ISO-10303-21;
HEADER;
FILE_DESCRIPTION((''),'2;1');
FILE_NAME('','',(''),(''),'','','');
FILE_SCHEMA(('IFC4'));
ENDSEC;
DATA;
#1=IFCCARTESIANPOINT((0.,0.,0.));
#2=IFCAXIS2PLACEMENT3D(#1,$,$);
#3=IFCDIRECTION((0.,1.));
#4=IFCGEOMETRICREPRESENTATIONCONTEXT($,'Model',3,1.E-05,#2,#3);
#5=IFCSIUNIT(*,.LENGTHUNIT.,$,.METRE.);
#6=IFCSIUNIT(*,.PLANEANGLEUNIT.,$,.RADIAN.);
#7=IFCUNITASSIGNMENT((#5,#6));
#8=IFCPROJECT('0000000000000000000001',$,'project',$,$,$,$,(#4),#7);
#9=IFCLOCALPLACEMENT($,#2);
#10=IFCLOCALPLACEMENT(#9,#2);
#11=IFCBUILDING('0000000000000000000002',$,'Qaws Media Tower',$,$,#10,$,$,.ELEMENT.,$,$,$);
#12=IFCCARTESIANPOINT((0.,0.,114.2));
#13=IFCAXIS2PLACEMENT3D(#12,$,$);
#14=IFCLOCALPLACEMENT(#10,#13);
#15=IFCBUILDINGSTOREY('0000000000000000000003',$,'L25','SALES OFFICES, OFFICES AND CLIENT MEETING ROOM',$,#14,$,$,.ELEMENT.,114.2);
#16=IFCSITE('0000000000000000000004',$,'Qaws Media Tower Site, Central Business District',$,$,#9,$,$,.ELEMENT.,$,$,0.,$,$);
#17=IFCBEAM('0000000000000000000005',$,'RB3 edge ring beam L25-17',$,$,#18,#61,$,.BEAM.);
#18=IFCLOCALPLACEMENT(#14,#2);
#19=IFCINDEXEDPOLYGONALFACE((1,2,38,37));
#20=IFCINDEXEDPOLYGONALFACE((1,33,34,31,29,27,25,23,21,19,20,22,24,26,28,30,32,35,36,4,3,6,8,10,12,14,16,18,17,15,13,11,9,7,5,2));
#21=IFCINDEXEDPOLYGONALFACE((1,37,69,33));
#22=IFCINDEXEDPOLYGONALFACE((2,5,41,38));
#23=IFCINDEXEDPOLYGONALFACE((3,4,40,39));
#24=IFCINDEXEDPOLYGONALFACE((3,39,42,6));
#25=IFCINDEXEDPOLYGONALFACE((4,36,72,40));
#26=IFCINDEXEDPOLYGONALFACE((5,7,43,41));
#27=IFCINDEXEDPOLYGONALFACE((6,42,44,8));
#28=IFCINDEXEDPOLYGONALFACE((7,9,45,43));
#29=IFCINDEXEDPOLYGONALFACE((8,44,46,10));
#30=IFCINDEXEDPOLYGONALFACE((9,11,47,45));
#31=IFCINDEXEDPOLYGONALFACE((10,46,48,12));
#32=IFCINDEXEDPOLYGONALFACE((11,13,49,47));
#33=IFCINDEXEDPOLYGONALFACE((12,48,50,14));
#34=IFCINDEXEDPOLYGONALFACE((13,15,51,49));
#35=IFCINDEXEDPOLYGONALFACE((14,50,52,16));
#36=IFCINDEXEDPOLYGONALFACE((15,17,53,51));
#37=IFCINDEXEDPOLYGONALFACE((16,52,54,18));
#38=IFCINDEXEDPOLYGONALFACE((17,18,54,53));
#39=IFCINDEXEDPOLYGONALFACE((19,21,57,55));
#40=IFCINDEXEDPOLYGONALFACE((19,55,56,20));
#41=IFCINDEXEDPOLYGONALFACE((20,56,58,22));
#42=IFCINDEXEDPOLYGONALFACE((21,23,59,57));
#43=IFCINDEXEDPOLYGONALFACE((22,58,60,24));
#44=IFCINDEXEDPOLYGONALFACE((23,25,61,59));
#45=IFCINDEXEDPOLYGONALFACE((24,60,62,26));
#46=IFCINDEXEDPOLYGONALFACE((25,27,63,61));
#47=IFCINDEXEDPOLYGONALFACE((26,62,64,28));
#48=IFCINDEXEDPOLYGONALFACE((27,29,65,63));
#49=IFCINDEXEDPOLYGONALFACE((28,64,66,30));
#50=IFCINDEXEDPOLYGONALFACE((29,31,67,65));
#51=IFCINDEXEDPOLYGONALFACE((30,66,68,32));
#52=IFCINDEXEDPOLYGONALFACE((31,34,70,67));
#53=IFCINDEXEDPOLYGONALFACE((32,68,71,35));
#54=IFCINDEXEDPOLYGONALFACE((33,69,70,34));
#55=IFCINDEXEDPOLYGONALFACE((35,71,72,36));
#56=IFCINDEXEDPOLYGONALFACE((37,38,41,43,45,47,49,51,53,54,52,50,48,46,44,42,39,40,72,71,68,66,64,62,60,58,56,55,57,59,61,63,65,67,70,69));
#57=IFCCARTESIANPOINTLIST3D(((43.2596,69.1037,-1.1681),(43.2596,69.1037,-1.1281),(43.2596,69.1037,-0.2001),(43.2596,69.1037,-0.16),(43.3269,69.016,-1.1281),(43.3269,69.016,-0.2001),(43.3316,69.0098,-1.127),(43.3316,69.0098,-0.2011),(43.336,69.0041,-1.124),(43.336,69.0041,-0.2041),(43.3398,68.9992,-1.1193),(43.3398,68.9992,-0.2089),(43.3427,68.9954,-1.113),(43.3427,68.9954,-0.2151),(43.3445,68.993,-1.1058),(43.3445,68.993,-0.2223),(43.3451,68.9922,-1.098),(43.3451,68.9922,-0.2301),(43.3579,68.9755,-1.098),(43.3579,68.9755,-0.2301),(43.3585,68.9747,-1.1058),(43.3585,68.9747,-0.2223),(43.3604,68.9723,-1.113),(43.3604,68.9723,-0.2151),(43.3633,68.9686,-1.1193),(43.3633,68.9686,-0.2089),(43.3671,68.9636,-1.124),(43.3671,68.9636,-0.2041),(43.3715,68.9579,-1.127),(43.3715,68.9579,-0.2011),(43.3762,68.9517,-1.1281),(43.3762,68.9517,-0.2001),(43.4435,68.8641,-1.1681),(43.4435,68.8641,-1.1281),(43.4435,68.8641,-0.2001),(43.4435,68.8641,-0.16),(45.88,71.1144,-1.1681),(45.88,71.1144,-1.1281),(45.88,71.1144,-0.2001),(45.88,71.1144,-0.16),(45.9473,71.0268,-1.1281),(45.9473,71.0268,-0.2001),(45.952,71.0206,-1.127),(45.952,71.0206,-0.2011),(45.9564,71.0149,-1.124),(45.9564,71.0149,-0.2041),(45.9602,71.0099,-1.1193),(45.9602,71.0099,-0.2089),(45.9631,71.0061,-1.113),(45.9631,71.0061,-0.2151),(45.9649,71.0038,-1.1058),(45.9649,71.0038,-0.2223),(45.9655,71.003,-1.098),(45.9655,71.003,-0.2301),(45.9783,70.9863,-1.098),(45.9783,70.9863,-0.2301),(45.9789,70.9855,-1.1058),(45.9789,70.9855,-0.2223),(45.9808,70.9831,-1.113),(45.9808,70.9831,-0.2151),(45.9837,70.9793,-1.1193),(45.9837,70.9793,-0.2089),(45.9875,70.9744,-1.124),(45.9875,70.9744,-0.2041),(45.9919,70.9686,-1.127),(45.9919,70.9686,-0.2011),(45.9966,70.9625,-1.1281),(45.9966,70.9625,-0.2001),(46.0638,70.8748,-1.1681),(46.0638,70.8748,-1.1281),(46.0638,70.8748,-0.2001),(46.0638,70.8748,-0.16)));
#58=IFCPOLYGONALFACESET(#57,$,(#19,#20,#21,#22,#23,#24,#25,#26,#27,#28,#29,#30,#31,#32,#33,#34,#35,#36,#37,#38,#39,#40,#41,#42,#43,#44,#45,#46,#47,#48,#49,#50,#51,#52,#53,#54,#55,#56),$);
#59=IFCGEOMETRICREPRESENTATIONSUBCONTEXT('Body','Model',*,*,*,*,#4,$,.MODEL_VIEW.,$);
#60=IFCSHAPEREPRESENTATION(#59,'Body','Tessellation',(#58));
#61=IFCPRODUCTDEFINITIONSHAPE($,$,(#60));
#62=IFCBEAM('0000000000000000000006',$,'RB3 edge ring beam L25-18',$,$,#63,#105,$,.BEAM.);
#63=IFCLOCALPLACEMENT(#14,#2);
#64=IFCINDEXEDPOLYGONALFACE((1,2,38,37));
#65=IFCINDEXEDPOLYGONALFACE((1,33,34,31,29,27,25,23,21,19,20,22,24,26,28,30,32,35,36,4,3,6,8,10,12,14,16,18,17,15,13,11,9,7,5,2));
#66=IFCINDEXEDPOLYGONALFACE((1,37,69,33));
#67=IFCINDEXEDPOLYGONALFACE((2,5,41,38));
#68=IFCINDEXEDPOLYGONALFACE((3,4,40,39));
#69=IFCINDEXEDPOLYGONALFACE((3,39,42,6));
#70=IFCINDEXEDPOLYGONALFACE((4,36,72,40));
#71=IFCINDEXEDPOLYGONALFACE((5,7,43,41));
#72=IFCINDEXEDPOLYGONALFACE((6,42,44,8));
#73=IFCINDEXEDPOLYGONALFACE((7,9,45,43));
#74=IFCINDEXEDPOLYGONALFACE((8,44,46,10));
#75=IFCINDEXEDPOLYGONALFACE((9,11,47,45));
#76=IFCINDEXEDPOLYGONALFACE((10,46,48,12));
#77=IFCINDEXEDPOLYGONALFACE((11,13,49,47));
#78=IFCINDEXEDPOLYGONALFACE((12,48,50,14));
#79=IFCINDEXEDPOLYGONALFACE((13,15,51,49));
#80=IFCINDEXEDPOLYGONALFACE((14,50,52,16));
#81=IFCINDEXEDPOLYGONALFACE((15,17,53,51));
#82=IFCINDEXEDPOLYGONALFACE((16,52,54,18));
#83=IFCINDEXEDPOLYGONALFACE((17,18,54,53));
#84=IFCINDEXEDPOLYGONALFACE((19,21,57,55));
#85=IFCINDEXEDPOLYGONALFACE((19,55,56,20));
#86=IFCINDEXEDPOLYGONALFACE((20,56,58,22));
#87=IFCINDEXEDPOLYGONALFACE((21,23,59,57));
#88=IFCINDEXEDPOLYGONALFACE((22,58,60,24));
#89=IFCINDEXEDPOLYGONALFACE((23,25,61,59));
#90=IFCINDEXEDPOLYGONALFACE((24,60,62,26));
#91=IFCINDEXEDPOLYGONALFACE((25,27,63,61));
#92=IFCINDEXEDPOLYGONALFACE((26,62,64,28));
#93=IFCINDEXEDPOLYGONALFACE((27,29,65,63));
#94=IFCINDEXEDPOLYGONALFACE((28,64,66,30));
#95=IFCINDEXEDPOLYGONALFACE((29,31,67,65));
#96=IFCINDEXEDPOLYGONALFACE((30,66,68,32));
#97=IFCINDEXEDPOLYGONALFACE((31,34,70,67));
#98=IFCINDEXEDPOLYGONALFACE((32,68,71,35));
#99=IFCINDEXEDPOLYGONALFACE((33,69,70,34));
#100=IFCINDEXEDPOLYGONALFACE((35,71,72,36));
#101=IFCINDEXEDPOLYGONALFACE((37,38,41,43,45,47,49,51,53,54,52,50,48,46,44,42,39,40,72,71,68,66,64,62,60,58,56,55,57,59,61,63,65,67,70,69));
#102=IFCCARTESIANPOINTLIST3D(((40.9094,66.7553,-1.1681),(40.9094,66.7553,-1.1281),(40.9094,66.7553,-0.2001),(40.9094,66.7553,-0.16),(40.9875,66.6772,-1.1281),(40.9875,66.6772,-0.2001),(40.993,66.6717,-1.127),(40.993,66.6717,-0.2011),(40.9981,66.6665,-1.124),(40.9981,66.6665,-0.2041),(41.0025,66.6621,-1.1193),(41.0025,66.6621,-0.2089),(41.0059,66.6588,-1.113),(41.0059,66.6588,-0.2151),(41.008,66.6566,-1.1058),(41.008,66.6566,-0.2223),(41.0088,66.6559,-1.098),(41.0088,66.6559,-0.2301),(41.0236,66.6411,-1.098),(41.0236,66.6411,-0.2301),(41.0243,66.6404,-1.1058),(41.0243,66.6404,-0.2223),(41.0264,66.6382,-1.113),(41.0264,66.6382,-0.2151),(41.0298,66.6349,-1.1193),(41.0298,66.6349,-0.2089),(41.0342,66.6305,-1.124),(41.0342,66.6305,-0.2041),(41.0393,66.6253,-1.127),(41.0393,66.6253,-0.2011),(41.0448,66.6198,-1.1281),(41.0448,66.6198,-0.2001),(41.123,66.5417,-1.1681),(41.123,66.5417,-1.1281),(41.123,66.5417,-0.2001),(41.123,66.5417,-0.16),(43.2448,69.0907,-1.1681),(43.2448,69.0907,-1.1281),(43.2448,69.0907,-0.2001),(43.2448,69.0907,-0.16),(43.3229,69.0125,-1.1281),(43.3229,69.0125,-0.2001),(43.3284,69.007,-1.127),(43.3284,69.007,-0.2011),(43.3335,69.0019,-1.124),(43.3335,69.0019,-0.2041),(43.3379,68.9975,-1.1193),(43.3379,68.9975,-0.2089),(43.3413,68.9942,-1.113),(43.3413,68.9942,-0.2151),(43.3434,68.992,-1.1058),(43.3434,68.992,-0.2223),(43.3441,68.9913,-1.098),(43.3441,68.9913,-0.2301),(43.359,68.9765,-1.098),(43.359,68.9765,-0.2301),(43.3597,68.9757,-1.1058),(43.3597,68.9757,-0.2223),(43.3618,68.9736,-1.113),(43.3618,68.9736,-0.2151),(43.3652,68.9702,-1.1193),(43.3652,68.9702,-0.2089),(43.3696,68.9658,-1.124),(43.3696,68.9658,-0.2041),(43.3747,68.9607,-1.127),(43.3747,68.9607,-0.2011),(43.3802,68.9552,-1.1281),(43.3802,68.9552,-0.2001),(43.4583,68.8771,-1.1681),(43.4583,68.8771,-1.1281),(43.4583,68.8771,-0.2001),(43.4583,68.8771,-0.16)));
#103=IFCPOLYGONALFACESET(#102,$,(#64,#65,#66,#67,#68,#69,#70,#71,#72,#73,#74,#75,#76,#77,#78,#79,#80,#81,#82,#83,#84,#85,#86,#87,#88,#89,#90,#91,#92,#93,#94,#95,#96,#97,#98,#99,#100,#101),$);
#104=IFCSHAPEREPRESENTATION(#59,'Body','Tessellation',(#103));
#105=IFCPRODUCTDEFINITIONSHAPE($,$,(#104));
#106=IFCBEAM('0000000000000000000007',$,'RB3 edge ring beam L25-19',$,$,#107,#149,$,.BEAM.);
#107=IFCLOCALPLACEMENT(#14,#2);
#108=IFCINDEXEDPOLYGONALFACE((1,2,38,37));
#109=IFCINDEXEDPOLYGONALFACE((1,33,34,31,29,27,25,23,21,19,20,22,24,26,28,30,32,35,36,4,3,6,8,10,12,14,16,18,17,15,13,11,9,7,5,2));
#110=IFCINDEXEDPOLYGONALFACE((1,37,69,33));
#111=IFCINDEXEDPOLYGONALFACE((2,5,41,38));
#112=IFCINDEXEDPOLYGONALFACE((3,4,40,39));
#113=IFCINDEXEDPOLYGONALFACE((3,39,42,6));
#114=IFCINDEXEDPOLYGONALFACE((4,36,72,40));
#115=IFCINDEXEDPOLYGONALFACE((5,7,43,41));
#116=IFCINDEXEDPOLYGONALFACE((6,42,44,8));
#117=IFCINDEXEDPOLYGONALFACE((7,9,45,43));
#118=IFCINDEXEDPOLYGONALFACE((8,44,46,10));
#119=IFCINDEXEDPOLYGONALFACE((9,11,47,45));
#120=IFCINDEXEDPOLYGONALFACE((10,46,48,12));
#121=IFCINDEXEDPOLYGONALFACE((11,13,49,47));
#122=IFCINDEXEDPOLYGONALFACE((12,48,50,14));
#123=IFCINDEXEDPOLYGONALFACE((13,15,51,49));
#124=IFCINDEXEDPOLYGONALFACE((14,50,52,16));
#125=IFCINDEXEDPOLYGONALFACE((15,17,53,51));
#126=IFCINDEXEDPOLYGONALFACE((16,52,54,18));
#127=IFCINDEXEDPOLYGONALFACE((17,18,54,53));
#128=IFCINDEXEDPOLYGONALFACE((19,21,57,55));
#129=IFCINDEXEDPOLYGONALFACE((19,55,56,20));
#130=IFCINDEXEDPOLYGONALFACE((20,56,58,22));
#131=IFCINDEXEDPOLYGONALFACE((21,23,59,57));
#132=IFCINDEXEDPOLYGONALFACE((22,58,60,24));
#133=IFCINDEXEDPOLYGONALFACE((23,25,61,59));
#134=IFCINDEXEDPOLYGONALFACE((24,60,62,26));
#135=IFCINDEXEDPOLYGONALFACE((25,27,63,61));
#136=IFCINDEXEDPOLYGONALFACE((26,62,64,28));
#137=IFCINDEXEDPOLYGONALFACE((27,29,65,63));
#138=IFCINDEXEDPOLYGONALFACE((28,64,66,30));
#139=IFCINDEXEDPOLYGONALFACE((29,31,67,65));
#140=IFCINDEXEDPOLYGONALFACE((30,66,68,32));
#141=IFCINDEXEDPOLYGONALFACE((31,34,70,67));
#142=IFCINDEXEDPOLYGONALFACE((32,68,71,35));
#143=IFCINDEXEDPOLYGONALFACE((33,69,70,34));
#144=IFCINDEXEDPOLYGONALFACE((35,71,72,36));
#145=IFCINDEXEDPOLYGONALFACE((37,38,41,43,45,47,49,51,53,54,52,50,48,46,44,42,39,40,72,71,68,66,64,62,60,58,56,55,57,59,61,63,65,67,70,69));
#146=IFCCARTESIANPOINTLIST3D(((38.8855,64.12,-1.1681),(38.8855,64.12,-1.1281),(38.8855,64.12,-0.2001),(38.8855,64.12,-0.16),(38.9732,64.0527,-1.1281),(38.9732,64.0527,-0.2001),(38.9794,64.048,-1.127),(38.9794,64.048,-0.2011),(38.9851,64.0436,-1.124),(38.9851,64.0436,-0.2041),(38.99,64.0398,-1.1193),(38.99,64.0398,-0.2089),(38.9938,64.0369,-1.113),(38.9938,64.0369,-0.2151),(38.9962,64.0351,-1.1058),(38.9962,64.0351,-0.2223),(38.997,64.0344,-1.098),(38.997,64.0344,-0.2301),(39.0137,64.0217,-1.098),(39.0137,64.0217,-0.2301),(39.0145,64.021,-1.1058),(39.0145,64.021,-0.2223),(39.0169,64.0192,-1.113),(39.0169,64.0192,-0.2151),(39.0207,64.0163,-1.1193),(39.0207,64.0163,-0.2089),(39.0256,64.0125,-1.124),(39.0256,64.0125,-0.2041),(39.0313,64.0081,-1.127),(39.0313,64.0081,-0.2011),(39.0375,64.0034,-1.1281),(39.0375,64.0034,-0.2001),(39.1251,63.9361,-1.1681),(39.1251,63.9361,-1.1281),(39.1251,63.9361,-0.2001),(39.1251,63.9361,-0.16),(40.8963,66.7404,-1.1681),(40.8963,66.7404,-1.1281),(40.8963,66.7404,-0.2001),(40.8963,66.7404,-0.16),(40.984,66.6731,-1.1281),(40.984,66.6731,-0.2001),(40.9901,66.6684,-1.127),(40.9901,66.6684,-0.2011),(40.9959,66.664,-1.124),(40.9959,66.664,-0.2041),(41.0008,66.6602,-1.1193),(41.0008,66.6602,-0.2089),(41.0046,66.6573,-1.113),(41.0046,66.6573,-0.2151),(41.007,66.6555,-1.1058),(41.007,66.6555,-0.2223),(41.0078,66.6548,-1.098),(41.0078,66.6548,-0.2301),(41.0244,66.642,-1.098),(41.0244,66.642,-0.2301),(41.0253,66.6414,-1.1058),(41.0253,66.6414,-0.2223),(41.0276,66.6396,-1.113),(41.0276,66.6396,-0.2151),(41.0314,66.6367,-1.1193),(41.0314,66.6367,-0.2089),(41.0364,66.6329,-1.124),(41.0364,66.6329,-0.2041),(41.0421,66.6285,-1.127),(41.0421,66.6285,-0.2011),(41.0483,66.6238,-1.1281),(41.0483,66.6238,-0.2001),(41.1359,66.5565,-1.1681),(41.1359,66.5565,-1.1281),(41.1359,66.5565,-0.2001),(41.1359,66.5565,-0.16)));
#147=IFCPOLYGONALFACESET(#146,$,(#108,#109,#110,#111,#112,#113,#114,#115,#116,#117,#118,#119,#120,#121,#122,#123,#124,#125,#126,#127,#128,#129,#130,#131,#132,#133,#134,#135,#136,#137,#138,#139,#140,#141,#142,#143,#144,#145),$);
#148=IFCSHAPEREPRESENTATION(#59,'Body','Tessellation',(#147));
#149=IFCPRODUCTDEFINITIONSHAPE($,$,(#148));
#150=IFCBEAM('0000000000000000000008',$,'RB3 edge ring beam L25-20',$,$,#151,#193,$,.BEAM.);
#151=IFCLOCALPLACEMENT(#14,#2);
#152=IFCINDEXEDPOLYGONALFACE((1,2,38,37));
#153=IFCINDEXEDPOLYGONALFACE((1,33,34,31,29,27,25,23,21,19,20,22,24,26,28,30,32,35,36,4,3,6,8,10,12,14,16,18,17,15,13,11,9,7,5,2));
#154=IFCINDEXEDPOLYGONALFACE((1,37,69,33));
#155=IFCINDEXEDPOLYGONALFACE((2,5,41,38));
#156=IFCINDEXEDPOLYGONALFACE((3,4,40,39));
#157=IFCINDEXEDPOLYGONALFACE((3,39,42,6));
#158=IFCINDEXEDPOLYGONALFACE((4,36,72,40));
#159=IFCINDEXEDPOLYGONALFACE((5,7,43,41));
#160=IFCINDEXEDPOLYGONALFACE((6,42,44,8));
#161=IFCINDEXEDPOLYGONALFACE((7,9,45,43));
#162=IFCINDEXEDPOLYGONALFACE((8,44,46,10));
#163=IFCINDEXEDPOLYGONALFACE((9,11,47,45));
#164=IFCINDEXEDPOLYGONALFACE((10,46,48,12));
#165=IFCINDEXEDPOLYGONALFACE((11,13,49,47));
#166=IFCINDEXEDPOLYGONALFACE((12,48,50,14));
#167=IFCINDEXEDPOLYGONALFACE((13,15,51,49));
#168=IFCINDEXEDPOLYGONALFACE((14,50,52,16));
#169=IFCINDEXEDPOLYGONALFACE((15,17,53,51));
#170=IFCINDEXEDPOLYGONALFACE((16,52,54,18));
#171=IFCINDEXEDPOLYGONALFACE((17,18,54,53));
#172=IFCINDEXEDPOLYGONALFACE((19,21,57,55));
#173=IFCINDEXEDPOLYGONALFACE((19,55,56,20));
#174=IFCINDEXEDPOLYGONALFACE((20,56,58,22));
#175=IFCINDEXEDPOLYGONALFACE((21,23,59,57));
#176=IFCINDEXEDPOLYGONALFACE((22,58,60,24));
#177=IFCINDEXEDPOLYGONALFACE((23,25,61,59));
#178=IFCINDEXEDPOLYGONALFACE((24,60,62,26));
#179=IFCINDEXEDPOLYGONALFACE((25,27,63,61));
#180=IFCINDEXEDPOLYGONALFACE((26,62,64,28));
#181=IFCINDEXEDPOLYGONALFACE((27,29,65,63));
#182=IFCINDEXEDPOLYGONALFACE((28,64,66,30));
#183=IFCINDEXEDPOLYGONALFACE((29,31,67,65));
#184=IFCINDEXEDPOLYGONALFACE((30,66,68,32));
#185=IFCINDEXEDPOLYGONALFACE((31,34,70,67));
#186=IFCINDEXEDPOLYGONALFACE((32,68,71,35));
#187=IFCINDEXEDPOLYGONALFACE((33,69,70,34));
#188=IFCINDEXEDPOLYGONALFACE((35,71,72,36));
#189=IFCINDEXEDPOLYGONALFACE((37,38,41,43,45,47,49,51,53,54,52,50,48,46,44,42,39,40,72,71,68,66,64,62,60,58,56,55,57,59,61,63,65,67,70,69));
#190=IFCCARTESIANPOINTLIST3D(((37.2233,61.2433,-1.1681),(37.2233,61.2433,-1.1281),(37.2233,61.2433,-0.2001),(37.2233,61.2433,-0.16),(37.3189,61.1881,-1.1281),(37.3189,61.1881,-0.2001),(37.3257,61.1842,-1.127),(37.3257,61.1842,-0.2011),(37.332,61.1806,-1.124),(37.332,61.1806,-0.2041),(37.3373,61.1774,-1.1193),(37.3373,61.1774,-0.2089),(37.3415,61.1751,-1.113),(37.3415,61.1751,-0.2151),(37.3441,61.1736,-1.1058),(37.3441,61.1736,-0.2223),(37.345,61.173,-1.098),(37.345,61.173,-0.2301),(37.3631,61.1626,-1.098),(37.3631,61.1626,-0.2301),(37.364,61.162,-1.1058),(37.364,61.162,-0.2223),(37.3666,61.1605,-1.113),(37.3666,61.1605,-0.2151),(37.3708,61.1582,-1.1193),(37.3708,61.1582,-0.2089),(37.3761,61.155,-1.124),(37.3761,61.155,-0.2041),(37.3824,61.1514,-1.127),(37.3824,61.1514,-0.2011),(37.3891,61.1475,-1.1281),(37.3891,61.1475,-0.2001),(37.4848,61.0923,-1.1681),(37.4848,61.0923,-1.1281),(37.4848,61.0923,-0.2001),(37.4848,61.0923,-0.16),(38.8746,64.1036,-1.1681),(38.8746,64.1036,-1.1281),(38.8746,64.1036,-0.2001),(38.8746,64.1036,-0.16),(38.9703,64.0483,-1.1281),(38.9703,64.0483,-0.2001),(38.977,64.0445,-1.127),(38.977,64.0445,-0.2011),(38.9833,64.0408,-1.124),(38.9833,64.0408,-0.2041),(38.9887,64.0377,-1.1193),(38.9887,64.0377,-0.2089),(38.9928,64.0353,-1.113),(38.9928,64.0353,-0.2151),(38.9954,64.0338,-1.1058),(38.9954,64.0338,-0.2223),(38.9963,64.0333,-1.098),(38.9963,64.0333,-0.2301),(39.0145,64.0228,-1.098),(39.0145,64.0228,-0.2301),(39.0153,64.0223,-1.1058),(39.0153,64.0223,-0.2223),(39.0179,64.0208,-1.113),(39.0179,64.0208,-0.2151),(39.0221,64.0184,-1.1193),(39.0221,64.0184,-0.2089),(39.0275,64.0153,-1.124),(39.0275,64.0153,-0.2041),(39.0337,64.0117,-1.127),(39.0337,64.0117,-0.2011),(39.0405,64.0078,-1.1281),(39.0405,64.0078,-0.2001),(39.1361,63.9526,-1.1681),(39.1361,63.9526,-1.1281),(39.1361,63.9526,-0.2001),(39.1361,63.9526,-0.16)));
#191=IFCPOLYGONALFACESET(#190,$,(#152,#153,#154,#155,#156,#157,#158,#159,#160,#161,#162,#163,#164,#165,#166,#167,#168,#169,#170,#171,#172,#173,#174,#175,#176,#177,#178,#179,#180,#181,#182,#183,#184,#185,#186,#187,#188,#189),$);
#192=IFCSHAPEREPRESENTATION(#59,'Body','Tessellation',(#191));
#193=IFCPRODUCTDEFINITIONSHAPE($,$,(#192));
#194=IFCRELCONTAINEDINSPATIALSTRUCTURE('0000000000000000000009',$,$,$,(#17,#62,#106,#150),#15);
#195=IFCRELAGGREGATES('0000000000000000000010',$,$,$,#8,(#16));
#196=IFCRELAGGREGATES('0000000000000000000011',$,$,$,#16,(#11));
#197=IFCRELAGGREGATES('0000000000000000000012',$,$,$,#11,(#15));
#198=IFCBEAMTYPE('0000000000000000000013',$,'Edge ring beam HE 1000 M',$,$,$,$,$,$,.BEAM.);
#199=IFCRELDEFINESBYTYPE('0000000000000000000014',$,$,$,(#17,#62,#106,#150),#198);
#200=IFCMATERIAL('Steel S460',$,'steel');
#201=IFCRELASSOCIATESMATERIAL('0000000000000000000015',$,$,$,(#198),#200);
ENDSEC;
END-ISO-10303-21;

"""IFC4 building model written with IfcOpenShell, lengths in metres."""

from ifc_helpers import new_model, si_unit, direction, frame, origin, origin_2d, place, context, subcontext, project, spatial, i_section, extrude, material, material_profile, profile_set, type_object, element, save


model = new_model("IFC4")

# Units and contexts
model_context = context("Model", 3, precision=1e-05, world=origin(), true_north=direction((0.0, 1.0)))
body_context = subcontext(model_context, "Body", "Model", "MODEL_VIEW")
ifc_project = project(units=[si_unit("LENGTHUNIT", "METRE"), si_unit("PLANEANGLEUNIT", "RADIAN")], contexts=[model_context])

# Site, building, storey
site_placement = place(None, origin())
site = spatial("IfcSite", under=ifc_project, at=site_placement, Name="Qaws Media Tower Site, Central Business District", CompositionType="ELEMENT", RefElevation=0.0)
building_placement = place(site_placement, origin())
building = spatial("IfcBuilding", under=site, at=building_placement, Name="Qaws Media Tower", CompositionType="ELEMENT")
storey_placement = place(building_placement, frame((0.0, 0.0, 114.2)))
storey = spatial("IfcBuildingStorey", under=building, at=storey_placement, Name="L25", Description="SALES OFFICES, OFFICES AND CLIENT MEETING ROOM", CompositionType="ELEMENT", Elevation=114.2)

# Beams
ifc_material_1 = material(Name="Steel S460", Category="steel")
ifc_material_profile_1 = material_profile(ifc_material_1, i_section(OverallWidth=0.302, OverallDepth=1.0081, WebThickness=0.021, FlangeThickness=0.04, FilletRadius=0.03, at=origin_2d()), Name="HE 1000 M")
ifc_profile_set_1 = profile_set([ifc_material_profile_1], Name="Steel S460")
beam_type = type_object("IfcBeamType", Name="Edge ring beam HE 1000 M", PredefinedType="BEAM", material=ifc_profile_set_1)
beam_1_placement = place(storey_placement, frame((45.9719, 70.9946, -0.6641), z_axis=(-0.793343, -0.608774, 0.0), x_axis=(0.608774, -0.793343, 0.0)))
element("IfcBeam", 1, at=beam_1_placement, inside=storey, type_object=beam_type, Name="RB3 edge ring beam L25-17", PredefinedType="BEAM", context=body_context, shape_type="SweptSolid", body=[
    extrude(i_section(OverallWidth=0.302, OverallDepth=1.0081, WebThickness=0.021, FlangeThickness=0.04, FilletRadius=0.03, at=origin_2d()), origin(), (0.0, 0.0, 1.0), 3.303),
])
beam_2_placement = place(storey_placement, frame((43.3516, 68.9839, -0.6641), z_axis=(-0.707107, -0.707107, 0.0), x_axis=(0.707107, -0.707107, 0.0)))
element("IfcBeam", 2, at=beam_2_placement, inside=storey, type_object=beam_type, Name="RB3 edge ring beam L25-18", PredefinedType="BEAM", context=body_context, shape_type="SweptSolid", body=[
    extrude(i_section(OverallWidth=0.302, OverallDepth=1.0081, WebThickness=0.021, FlangeThickness=0.04, FilletRadius=0.03, at=origin_2d()), origin(), (0.0, 0.0, 1.0), 3.3027),
])
beam_3_placement = place(storey_placement, frame((41.0161, 66.6484, -0.6641), z_axis=(-0.608774, -0.793343, 0.0), x_axis=(0.793343, -0.608774, 0.0)))
element("IfcBeam", 3, at=beam_3_placement, inside=storey, type_object=beam_type, Name="RB3 edge ring beam L25-19", PredefinedType="BEAM", context=body_context, shape_type="SweptSolid", body=[
    extrude(i_section(OverallWidth=0.302, OverallDepth=1.0081, WebThickness=0.021, FlangeThickness=0.04, FilletRadius=0.03, at=origin_2d()), origin(), (0.0, 0.0, 1.0), 3.303),
])
for number, where, z_axis, x_axis, name in (
    (4, (39.0054, 64.0281, -0.6641), (-0.499987, -0.866033, 0.0), (0.866033, -0.499987, 0.0), "RB3 edge ring beam L25-20"),
):
    element("IfcBeam", number, at=place(storey_placement, frame(where, z_axis=z_axis, x_axis=x_axis)), inside=storey, type_object=beam_type, Name=name, PredefinedType="BEAM", context=body_context, shape_type="SweptSolid", body=[
        extrude(i_section(OverallWidth=0.302, OverallDepth=1.0081, WebThickness=0.021, FlangeThickness=0.04, FilletRadius=0.03, at=origin_2d()), origin(), (0.0, 0.0, 1.0), 3.3027),
    ])

save(model, "model.ifc")
